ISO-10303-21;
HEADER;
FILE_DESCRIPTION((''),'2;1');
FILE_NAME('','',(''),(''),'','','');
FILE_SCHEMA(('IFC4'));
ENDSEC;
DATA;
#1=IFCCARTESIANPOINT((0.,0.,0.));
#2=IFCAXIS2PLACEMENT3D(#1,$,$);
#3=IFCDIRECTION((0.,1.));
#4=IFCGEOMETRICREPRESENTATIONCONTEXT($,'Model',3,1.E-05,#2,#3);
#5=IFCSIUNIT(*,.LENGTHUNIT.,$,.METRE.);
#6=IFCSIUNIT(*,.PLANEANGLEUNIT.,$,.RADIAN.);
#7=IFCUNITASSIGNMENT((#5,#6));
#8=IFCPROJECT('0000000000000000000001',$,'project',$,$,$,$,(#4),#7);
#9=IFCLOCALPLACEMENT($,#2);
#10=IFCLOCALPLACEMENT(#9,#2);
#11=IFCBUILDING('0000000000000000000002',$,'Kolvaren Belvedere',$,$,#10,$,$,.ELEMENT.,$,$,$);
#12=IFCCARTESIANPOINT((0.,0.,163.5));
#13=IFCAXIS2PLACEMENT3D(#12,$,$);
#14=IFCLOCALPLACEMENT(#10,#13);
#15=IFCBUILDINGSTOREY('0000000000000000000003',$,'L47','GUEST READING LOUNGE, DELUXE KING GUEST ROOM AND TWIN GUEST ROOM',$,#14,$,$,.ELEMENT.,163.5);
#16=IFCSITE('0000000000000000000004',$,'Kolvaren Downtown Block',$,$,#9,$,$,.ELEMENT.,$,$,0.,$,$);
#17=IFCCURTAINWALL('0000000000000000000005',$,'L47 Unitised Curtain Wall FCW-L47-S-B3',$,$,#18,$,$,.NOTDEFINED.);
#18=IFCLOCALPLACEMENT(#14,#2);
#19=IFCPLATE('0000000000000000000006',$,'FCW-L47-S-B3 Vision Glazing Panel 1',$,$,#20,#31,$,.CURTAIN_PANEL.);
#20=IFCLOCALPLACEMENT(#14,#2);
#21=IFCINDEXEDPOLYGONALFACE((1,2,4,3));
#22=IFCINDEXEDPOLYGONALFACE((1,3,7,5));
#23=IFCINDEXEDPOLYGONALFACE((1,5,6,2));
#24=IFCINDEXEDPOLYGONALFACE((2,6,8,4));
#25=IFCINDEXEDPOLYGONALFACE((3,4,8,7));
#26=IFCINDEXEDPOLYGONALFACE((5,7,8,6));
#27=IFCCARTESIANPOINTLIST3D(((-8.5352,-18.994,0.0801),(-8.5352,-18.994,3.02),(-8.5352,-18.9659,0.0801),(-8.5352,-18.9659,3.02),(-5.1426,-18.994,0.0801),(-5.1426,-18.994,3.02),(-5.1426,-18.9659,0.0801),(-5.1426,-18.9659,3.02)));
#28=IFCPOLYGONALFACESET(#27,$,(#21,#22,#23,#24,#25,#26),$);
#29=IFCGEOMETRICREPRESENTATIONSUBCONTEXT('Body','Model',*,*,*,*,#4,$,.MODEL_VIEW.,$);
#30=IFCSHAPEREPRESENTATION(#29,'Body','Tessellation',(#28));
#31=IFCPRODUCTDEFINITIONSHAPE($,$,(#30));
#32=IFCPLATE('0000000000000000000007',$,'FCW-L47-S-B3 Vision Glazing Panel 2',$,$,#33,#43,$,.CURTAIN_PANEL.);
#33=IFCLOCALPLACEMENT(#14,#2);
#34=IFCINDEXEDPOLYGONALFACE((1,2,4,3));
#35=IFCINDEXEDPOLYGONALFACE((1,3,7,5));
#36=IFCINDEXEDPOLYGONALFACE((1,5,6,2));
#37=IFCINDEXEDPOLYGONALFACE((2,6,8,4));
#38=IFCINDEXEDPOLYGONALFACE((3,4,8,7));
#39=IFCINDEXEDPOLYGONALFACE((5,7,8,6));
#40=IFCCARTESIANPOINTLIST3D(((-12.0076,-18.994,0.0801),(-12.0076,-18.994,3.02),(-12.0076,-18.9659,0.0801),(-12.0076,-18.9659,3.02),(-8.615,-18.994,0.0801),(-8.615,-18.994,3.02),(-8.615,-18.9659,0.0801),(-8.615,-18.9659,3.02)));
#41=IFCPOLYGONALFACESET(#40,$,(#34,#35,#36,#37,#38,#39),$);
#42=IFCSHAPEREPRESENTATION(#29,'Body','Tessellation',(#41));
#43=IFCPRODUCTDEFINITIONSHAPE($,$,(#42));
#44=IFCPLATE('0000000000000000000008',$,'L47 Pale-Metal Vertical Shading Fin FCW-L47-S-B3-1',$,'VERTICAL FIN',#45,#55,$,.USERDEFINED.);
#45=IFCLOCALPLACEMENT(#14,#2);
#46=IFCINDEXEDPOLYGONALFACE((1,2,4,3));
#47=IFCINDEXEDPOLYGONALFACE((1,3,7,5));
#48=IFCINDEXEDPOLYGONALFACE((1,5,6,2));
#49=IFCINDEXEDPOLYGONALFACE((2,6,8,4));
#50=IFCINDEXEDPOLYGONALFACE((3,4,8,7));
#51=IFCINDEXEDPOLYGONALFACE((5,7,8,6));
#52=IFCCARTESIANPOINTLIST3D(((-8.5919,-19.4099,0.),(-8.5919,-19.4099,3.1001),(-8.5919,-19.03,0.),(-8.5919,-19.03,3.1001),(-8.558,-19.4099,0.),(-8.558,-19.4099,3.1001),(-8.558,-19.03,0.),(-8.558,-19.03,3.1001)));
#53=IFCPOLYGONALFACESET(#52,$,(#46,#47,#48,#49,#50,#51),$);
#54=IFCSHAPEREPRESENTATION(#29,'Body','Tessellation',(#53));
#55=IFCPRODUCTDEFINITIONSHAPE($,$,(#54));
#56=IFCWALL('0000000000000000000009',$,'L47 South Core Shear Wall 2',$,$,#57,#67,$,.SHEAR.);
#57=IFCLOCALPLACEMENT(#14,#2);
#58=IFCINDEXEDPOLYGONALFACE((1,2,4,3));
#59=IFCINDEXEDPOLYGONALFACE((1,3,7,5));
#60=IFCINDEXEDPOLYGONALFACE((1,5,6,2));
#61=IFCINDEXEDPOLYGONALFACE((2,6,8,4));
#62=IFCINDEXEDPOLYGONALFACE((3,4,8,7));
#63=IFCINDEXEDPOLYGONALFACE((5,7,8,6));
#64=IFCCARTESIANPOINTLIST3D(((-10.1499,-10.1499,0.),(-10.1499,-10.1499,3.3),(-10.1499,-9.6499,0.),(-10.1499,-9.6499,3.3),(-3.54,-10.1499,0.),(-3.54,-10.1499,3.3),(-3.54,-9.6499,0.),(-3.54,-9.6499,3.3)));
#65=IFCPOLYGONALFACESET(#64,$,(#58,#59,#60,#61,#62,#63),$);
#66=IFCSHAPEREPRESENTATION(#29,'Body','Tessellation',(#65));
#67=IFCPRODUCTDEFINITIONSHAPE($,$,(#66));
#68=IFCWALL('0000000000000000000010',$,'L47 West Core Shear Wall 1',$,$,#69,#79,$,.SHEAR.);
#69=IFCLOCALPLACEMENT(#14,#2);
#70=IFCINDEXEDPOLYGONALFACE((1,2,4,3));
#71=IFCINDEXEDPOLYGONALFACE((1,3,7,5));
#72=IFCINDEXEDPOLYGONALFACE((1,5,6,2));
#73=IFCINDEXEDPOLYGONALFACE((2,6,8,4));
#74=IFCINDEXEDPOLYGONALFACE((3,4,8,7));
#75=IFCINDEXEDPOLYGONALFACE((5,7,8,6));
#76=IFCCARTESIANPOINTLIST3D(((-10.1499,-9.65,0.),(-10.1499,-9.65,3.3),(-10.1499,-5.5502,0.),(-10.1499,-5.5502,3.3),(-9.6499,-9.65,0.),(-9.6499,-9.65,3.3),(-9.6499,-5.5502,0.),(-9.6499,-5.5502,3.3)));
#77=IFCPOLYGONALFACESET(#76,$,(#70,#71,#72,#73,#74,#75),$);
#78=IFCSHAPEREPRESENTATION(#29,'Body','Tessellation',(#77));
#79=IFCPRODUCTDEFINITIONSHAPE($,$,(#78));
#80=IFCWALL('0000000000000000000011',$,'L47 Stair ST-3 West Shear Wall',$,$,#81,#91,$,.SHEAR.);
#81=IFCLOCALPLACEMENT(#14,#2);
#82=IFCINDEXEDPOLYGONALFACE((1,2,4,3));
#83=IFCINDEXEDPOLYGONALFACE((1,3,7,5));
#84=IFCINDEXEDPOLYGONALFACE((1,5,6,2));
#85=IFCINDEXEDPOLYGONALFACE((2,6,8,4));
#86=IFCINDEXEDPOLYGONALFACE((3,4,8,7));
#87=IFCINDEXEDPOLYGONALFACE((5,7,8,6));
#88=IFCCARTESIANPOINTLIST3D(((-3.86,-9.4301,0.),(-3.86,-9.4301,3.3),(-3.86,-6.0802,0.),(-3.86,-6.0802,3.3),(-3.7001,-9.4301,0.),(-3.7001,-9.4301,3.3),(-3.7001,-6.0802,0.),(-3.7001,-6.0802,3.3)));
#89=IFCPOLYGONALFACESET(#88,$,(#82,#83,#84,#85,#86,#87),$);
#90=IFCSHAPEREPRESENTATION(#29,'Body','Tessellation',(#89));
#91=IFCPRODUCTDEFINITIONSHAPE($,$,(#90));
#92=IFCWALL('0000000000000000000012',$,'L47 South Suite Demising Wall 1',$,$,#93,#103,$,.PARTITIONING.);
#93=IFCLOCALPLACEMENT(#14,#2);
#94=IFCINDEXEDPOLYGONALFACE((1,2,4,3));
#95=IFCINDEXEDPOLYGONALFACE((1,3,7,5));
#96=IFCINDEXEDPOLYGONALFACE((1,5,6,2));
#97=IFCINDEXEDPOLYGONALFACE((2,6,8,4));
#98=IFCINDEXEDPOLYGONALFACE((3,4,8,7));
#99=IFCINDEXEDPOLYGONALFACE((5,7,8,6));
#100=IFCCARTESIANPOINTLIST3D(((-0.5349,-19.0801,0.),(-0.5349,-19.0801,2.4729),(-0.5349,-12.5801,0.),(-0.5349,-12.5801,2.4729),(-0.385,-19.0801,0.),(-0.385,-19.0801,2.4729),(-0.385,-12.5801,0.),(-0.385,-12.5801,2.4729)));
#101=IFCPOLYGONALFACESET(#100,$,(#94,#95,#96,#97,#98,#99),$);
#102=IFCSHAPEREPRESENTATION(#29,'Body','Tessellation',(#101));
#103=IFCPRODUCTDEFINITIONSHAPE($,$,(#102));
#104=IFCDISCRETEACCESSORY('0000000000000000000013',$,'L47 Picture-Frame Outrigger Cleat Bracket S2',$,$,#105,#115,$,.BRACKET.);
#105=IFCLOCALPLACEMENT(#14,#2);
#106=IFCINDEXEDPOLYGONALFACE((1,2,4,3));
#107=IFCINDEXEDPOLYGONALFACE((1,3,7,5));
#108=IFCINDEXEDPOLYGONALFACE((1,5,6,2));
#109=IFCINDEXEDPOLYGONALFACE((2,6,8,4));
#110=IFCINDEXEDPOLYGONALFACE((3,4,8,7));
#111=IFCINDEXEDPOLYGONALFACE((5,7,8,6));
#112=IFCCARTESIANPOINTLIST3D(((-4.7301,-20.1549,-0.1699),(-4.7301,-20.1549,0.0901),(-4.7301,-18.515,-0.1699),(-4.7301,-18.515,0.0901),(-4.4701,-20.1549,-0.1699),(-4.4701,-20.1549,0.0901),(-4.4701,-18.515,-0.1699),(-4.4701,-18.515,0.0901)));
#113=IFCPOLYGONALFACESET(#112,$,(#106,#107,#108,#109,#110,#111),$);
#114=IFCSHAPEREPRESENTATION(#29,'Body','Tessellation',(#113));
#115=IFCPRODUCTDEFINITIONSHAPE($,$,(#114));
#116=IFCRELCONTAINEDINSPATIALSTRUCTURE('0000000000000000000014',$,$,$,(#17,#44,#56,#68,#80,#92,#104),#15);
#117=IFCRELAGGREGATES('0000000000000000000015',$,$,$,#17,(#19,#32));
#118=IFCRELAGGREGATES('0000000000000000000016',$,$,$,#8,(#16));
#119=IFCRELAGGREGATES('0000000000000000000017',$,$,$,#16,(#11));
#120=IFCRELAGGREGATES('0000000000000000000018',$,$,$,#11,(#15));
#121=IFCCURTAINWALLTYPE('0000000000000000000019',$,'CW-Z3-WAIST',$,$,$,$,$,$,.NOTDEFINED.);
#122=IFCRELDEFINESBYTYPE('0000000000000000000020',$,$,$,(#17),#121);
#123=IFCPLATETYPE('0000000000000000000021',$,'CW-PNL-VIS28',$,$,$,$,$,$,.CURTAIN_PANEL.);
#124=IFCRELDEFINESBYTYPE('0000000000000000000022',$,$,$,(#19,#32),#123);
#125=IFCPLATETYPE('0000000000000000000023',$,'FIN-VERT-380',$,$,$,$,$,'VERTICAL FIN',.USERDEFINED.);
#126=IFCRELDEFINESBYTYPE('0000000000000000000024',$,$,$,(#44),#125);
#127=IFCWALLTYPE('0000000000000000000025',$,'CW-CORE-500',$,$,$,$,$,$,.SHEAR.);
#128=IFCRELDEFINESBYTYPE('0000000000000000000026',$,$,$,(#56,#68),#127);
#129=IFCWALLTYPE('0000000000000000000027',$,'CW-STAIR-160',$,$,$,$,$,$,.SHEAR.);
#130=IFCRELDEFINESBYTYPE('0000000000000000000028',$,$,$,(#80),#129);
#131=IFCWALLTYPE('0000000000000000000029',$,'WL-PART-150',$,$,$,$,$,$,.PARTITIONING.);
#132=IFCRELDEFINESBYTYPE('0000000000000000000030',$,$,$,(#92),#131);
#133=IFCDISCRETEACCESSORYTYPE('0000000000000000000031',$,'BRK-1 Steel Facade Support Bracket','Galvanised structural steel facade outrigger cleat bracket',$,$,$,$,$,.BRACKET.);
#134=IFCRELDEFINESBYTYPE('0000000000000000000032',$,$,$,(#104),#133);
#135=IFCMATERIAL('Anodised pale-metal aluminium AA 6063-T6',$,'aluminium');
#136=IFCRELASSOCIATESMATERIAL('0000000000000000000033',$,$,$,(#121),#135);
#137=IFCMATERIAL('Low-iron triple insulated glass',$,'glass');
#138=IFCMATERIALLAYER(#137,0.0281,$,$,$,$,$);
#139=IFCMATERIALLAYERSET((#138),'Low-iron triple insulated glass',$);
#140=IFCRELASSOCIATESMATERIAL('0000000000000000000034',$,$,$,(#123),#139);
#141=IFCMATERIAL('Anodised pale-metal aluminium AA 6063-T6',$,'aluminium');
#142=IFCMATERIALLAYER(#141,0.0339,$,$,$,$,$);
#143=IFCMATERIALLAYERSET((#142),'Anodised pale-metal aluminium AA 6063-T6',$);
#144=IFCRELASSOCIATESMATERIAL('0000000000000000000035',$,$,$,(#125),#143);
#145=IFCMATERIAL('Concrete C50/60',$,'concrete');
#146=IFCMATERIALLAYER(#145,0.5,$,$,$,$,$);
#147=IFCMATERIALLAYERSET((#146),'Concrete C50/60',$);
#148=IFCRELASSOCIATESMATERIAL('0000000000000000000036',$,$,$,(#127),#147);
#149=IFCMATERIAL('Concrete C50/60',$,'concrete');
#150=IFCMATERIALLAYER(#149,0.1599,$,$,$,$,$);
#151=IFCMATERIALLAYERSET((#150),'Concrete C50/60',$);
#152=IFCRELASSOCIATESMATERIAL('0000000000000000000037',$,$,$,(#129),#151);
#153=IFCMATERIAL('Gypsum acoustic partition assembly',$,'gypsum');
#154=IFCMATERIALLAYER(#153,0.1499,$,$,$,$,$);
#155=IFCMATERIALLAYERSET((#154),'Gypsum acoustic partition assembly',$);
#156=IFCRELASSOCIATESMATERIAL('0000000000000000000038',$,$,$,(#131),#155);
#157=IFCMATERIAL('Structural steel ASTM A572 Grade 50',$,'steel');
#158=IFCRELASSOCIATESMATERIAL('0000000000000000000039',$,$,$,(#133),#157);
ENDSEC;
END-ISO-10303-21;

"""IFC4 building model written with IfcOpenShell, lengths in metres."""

from ifc_helpers import new_model, si_unit, direction, frame, frame_2d, origin, origin_2d, place, context, subcontext, project, spatial, rectangle, extrude, material, layer, layer_set, type_object, element, aggregate, save


model = new_model("IFC4")

# Units and contexts
model_context = context("Model", 3, precision=1e-05, world=origin(), true_north=direction((0.0, 1.0)))
body_context = subcontext(model_context, "Body", "Model", "MODEL_VIEW")
ifc_project = project(units=[si_unit("LENGTHUNIT", "METRE"), si_unit("PLANEANGLEUNIT", "RADIAN")], contexts=[model_context])

# Site, building, storey
site_placement = place(None, origin())
site = spatial("IfcSite", under=ifc_project, at=site_placement, Name="Kolvaren Downtown Block", CompositionType="ELEMENT", RefElevation=0.0)
building_placement = place(site_placement, origin())
building = spatial("IfcBuilding", under=site, at=building_placement, Name="Kolvaren Belvedere", CompositionType="ELEMENT")
storey_placement = place(building_placement, frame((0.0, 0.0, 163.5)))
storey = spatial("IfcBuildingStorey", under=building, at=storey_placement, Name="L47", Description="GUEST READING LOUNGE, DELUXE KING GUEST ROOM AND TWIN GUEST ROOM", CompositionType="ELEMENT", Elevation=163.5)

# Shared definitions
ifc_material_1 = material(Name="Anodised pale-metal aluminium AA 6063-T6", Category="aluminium")
curtain_wall_type = type_object("IfcCurtainWallType", Name="CW-Z3-WAIST", PredefinedType="NOTDEFINED", material=ifc_material_1)

# Curtain wall
curtain_wall_1_placement = place(storey_placement, origin())
curtain_wall_1 = element("IfcCurtainWall", 1, at=curtain_wall_1_placement, inside=storey, type_object=curtain_wall_type, Name="L47 Unitised Curtain Wall FCW-L47-S-B3", PredefinedType="NOTDEFINED")

# Plates
ifc_material_2 = material(Name="Low-iron triple insulated glass", Category="glass")
ifc_layer_1 = layer(ifc_material_2, 0.0281)
ifc_layer_set_1 = layer_set([ifc_layer_1], Name="Low-iron triple insulated glass")
plate_type_1 = type_object("IfcPlateType", Name="CW-PNL-VIS28", PredefinedType="CURTAIN_PANEL", material=ifc_layer_set_1)
plate_1_placement = place(storey_placement, frame((-6.8389, -18.98, 0.0801), z_axis=(0.0, 0.0, 1.0), x_axis=(-1.0, 0.0, 0.0)))
plate_1 = element("IfcPlate", 2, at=plate_1_placement, type_object=plate_type_1, Name="FCW-L47-S-B3 Vision Glazing Panel 1", PredefinedType="CURTAIN_PANEL", context=body_context, shape_type="SweptSolid", body=[
    extrude(rectangle(XDim=3.3926, YDim=0.0281, at=origin_2d()), origin(), (0.0, 0.0, 1.0), 2.9399),
])
plate_2_placement = place(storey_placement, frame((-10.3113, -18.98, 0.0801), z_axis=(0.0, 0.0, 1.0), x_axis=(-1.0, 0.0, 0.0)))
plate_2 = element("IfcPlate", 3, at=plate_2_placement, type_object=plate_type_1, Name="FCW-L47-S-B3 Vision Glazing Panel 2", PredefinedType="CURTAIN_PANEL", context=body_context, shape_type="SweptSolid", body=[
    extrude(rectangle(XDim=3.3926, YDim=0.0281, at=origin_2d()), origin(), (0.0, 0.0, 1.0), 2.9399),
])
aggregate(curtain_wall_1, [plate_1, plate_2])
ifc_material_3 = material(Name="Anodised pale-metal aluminium AA 6063-T6", Category="aluminium")
ifc_layer_2 = layer(ifc_material_3, 0.0339)
ifc_layer_set_2 = layer_set([ifc_layer_2], Name="Anodised pale-metal aluminium AA 6063-T6")
plate_type_2 = type_object("IfcPlateType", Name="FIN-VERT-380", ElementType="VERTICAL FIN", PredefinedType="USERDEFINED", material=ifc_layer_set_2)
plate_3_placement = place(storey_placement, frame((-8.575, -19.22, 0.0), z_axis=(0.0, 0.0, 1.0), x_axis=(0.0, 1.0, 0.0)))
element("IfcPlate", 4, at=plate_3_placement, inside=storey, type_object=plate_type_2, Name="L47 Pale-Metal Vertical Shading Fin FCW-L47-S-B3-1", ObjectType="VERTICAL FIN", PredefinedType="USERDEFINED", context=body_context, shape_type="SweptSolid", body=[
    extrude(rectangle(XDim=0.3799, YDim=0.0339, at=origin_2d()), origin(), (0.0, 0.0, 1.0), 3.1001),
])

# Walls
ifc_material_4 = material(Name="Concrete C50/60", Category="concrete")
ifc_layer_3 = layer(ifc_material_4, 0.5)
ifc_layer_set_3 = layer_set([ifc_layer_3], Name="Concrete C50/60")
wall_type_1 = type_object("IfcWallType", Name="CW-CORE-500", PredefinedType="SHEAR", material=ifc_layer_set_3)
wall_1_placement = place(storey_placement, frame((-3.54, -9.8999, 0.0), z_axis=(0.0, 0.0, 1.0), x_axis=(-1.0, 0.0, 0.0)))
element("IfcWall", 5, at=wall_1_placement, inside=storey, type_object=wall_type_1, Name="L47 South Core Shear Wall 2", PredefinedType="SHEAR", context=body_context, shape_type="SweptSolid", body=[
    extrude(rectangle(XDim=6.6099, YDim=0.5, at=frame_2d((3.3049, 0.0))), origin(), (0.0, 0.0, 1.0), 3.3),
])
wall_2_placement = place(storey_placement, frame((-9.8999, -9.6499, 0.0), z_axis=(0.0, 0.0, 1.0), x_axis=(0.0, 1.0, 0.0)))
element("IfcWall", 6, at=wall_2_placement, inside=storey, type_object=wall_type_1, Name="L47 West Core Shear Wall 1", PredefinedType="SHEAR", context=body_context, shape_type="SweptSolid", body=[
    extrude(rectangle(XDim=4.0999, YDim=0.5, at=frame_2d((2.0498, 0.0))), origin(), (0.0, 0.0, 1.0), 3.3),
])
ifc_material_5 = material(Name="Concrete C50/60", Category="concrete")
ifc_layer_4 = layer(ifc_material_5, 0.1599)
ifc_layer_set_4 = layer_set([ifc_layer_4], Name="Concrete C50/60")
wall_type_2 = type_object("IfcWallType", Name="CW-STAIR-160", PredefinedType="SHEAR", material=ifc_layer_set_4)
wall_3_placement = place(storey_placement, frame((-3.78, -9.4299, 0.0), z_axis=(0.0, 0.0, 1.0), x_axis=(0.0, 1.0, 0.0)))
element("IfcWall", 7, at=wall_3_placement, inside=storey, type_object=wall_type_2, Name="L47 Stair ST-3 West Shear Wall", PredefinedType="SHEAR", context=body_context, shape_type="SweptSolid", body=[
    extrude(rectangle(XDim=3.3499, YDim=0.1599, at=frame_2d((1.6748, 0.0))), origin(), (0.0, 0.0, 1.0), 3.3),
])
ifc_material_6 = material(Name="Gypsum acoustic partition assembly", Category="gypsum")
ifc_layer_5 = layer(ifc_material_6, 0.1499)
ifc_layer_set_5 = layer_set([ifc_layer_5], Name="Gypsum acoustic partition assembly")
wall_type_3 = type_object("IfcWallType", Name="WL-PART-150", PredefinedType="PARTITIONING", material=ifc_layer_set_5)
wall_4_placement = place(storey_placement, frame((-0.46, -19.0801, 0.0), z_axis=(0.0, 0.0, 1.0), x_axis=(0.0, 1.0, 0.0)))
element("IfcWall", 8, at=wall_4_placement, inside=storey, type_object=wall_type_3, Name="L47 South Suite Demising Wall 1", PredefinedType="PARTITIONING", context=body_context, shape_type="SweptSolid", body=[
    extrude(rectangle(XDim=6.5, YDim=0.1499, at=frame_2d((3.25, 0.0))), origin(), (0.0, 0.0, 1.0), 2.4729),
])

# Discrete accessory
ifc_material_7 = material(Name="Structural steel ASTM A572 Grade 50", Category="steel")
discrete_accessory_type = type_object("IfcDiscreteAccessoryType", Name="BRK-1 Steel Facade Support Bracket", Description="Galvanised structural steel facade outrigger cleat bracket", PredefinedType="BRACKET", material=ifc_material_7)
discrete_accessory_placement = place(storey_placement, frame((-4.6001, -19.335, -0.1699), z_axis=(0.0, 0.0, 1.0), x_axis=(0.0, 1.0, 0.0)))
element("IfcDiscreteAccessory", 9, at=discrete_accessory_placement, inside=storey, type_object=discrete_accessory_type, Name="L47 Picture-Frame Outrigger Cleat Bracket S2", PredefinedType="BRACKET", context=body_context, shape_type="SweptSolid", body=[
    extrude(rectangle(XDim=1.6399, YDim=0.26, at=origin_2d()), origin(), (0.0, 0.0, 1.0), 0.26),
])

save(model, "model.ifc")
